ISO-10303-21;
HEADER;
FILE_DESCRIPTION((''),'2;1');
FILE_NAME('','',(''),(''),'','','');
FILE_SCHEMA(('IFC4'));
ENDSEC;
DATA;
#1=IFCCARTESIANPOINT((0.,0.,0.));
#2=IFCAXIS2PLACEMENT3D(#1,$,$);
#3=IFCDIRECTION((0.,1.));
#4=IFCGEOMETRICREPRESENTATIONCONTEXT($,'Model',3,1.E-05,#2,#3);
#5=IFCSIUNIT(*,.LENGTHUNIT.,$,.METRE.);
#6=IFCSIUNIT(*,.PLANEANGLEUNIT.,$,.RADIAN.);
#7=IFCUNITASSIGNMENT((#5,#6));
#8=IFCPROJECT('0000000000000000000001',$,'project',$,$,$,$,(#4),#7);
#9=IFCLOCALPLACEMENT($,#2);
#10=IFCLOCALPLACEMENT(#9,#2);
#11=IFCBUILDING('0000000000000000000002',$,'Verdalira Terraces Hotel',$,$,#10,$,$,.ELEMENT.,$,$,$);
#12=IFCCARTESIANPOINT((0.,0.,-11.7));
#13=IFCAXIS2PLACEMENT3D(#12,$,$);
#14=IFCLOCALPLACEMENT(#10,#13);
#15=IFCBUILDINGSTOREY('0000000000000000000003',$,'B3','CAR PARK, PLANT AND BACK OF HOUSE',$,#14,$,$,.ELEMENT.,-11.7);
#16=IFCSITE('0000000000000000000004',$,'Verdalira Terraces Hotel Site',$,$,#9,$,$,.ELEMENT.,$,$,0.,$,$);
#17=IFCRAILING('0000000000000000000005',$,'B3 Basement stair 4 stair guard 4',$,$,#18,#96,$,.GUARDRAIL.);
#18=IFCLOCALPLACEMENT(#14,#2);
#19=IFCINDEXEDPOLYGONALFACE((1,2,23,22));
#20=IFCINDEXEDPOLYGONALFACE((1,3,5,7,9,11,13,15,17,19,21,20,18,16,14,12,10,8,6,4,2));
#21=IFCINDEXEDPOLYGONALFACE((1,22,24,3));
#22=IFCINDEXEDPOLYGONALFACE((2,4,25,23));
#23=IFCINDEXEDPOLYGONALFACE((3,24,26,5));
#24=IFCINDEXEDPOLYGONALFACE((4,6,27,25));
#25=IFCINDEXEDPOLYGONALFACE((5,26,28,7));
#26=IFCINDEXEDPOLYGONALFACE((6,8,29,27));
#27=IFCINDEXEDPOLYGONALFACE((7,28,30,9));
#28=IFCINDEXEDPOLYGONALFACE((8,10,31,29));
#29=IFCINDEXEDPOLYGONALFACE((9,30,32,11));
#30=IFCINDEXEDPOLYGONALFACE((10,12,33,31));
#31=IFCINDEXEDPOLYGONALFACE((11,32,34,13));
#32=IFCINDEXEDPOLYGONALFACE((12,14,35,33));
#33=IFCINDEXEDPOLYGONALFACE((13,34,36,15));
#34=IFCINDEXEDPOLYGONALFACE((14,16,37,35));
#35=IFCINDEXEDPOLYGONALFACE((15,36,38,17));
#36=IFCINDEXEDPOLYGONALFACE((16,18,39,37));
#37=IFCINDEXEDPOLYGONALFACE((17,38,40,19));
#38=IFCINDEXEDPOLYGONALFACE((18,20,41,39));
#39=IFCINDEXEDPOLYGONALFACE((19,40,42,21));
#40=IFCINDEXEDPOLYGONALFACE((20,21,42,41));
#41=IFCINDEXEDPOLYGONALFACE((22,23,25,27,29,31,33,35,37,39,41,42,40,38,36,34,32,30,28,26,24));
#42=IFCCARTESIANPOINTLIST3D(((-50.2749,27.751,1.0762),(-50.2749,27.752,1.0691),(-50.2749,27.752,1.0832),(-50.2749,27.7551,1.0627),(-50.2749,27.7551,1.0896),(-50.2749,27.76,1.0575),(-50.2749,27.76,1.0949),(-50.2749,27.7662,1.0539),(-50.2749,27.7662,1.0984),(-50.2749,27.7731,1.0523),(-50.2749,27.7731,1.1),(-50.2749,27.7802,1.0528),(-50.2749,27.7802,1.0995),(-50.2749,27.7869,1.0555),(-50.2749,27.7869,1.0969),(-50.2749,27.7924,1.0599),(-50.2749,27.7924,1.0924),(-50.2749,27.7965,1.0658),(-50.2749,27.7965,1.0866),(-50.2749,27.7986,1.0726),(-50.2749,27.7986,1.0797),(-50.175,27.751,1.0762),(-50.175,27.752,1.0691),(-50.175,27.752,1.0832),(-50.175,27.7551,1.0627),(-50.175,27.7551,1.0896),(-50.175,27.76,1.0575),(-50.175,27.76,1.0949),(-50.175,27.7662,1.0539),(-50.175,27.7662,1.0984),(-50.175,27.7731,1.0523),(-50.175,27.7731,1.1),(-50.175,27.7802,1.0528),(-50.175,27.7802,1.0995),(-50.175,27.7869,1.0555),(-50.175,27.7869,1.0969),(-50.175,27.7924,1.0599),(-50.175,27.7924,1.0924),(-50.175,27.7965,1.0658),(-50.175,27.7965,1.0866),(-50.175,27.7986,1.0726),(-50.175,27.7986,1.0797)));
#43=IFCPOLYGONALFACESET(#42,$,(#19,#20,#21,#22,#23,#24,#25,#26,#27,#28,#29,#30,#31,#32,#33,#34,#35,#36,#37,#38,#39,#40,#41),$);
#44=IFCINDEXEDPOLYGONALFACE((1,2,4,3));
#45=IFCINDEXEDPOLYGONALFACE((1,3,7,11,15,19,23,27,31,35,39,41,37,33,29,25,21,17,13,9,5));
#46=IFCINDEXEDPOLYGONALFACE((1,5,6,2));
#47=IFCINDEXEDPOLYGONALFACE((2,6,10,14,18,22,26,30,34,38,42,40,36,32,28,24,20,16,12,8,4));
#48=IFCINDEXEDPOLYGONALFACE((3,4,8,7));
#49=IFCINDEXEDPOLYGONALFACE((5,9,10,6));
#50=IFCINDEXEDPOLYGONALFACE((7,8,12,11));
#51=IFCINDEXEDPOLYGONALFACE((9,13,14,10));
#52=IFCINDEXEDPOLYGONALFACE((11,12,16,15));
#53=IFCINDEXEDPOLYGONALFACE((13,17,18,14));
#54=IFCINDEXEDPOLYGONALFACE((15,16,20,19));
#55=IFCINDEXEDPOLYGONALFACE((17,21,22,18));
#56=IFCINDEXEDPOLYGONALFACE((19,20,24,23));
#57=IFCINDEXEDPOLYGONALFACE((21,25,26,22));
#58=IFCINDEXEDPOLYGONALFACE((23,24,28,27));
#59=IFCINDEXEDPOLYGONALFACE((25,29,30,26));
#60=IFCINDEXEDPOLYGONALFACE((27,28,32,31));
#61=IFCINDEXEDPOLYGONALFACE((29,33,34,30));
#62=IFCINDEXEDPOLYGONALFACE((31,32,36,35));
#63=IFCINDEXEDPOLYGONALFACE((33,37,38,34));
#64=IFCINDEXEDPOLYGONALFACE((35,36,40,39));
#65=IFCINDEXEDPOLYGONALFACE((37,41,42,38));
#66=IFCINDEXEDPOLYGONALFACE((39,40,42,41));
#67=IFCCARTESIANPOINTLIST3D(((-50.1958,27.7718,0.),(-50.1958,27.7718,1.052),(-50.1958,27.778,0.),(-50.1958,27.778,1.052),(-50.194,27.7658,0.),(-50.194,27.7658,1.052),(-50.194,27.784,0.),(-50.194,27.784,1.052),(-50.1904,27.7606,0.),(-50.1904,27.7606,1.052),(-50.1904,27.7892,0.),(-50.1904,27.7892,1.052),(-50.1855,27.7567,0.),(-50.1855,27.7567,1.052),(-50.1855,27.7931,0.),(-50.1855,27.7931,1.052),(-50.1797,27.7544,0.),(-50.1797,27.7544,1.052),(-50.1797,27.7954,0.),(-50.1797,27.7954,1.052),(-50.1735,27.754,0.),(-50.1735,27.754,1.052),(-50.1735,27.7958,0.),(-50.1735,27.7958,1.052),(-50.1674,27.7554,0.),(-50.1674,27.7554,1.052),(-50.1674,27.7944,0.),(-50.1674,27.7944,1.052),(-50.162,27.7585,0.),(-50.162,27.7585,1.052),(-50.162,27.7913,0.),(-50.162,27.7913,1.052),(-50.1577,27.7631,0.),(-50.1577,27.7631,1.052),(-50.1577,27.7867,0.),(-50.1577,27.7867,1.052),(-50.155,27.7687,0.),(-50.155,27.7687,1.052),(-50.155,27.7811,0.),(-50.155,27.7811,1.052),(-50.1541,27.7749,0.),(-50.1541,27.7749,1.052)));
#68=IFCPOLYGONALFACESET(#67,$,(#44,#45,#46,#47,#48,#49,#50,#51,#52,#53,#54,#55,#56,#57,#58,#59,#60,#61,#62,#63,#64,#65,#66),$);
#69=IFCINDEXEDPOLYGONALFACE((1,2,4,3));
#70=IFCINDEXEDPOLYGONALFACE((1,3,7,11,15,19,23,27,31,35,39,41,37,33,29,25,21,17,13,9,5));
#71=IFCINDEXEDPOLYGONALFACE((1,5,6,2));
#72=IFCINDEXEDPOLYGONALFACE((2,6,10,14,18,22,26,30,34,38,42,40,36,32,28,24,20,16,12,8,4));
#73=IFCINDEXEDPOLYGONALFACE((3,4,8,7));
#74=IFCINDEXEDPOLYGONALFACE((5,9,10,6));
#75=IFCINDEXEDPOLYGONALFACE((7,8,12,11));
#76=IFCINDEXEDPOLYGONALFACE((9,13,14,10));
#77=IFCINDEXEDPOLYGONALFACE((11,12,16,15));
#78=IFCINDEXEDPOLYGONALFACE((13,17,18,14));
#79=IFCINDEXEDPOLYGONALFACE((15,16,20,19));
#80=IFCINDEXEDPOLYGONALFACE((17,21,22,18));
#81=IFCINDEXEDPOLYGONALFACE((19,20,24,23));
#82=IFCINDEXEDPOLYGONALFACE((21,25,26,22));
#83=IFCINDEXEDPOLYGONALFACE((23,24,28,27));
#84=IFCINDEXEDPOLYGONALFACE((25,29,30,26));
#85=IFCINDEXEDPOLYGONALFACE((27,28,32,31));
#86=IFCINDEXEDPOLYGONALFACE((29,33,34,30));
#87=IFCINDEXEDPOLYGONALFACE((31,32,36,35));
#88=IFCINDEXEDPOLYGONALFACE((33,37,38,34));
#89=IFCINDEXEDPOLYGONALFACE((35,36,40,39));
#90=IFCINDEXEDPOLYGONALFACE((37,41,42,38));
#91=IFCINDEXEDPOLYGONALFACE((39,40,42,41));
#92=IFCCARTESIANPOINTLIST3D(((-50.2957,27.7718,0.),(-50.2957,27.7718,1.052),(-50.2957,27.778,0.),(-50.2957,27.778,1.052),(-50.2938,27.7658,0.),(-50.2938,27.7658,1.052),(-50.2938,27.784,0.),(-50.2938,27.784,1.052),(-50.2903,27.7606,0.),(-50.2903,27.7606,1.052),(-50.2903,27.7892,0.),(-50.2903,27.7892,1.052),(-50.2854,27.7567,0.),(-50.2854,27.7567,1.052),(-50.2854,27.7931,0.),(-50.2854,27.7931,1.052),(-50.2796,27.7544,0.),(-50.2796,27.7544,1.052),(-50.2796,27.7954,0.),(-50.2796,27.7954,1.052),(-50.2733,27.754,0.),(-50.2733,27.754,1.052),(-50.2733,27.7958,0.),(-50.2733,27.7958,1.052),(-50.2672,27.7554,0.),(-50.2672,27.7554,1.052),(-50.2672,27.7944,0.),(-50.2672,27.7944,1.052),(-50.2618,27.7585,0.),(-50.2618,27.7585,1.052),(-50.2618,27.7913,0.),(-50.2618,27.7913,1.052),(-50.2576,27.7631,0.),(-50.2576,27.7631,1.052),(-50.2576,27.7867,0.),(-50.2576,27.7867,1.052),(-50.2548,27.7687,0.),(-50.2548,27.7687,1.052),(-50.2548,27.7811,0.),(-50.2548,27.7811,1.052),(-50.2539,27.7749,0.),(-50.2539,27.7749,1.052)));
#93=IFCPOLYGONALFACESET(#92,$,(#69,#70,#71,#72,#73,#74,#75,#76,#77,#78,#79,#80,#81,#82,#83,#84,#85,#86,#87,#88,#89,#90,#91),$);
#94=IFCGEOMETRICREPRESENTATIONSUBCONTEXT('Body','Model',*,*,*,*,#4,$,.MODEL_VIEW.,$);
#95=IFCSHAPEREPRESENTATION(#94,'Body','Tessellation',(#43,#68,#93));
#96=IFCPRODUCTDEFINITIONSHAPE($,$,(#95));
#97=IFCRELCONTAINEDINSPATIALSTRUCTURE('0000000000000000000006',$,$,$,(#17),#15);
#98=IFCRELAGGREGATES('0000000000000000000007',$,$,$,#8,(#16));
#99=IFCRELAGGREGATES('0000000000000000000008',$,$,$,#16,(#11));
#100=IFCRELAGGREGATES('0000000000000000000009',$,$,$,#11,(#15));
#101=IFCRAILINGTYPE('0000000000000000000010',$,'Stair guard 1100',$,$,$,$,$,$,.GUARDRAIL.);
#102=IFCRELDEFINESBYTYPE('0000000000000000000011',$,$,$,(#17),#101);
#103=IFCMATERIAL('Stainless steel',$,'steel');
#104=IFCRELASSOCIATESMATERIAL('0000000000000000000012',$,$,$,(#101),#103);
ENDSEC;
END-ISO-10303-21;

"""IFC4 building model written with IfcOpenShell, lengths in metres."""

from ifc_helpers import new_model, si_unit, direction, frame, origin, origin_2d, place, context, subcontext, project, spatial, circle, extrude, material, type_object, element, save


model = new_model("IFC4")

# Units and contexts
model_context = context("Model", 3, precision=1e-05, world=origin(), true_north=direction((0.0, 1.0)))
body_context = subcontext(model_context, "Body", "Model", "MODEL_VIEW")
ifc_project = project(units=[si_unit("LENGTHUNIT", "METRE"), si_unit("PLANEANGLEUNIT", "RADIAN")], contexts=[model_context])

# Site, building, storey
site_placement = place(None, origin())
site = spatial("IfcSite", under=ifc_project, at=site_placement, Name="Verdalira Terraces Hotel Site", CompositionType="ELEMENT", RefElevation=0.0)
building_placement = place(site_placement, origin())
building = spatial("IfcBuilding", under=site, at=building_placement, Name="Verdalira Terraces Hotel", CompositionType="ELEMENT")
storey_placement = place(building_placement, frame((0.0, 0.0, -11.7)))
storey = spatial("IfcBuildingStorey", under=building, at=storey_placement, Name="B3", Description="CAR PARK, PLANT AND BACK OF HOUSE", CompositionType="ELEMENT", Elevation=-11.7)

# Railing
ifc_material_1 = material(Name="Stainless steel", Category="steel")
railing_type_1 = type_object("IfcRailingType", Name="Stair guard 1100", PredefinedType="GUARDRAIL", material=ifc_material_1)
railing_1_placement = place(storey_placement, frame((-50.175, 27.7749, 0.0)))
element("IfcRailing", 1, at=railing_1_placement, inside=storey, type_object=railing_type_1, Name="B3 Basement stair 4 stair guard 4", PredefinedType="GUARDRAIL", context=body_context, shape_type="SweptSolid", body=[
    extrude(circle(Radius=0.0239, at=origin_2d()), frame((0.0, 0.0, 1.0762), z_axis=(-1.0, 0.0, 0.0), x_axis=(0.0, -1.0, 0.0)), (0.0, 0.0, 1.0), 0.0999),
    extrude(circle(Radius=0.021, at=origin_2d()), origin(), (0.0, 0.0, 1.0), 1.052),
    extrude(circle(Radius=0.021, at=origin_2d()), frame((-0.0999, 0.0, 0.0)), (0.0, 0.0, 1.0), 1.052),
])

save(model, "model.ifc")
